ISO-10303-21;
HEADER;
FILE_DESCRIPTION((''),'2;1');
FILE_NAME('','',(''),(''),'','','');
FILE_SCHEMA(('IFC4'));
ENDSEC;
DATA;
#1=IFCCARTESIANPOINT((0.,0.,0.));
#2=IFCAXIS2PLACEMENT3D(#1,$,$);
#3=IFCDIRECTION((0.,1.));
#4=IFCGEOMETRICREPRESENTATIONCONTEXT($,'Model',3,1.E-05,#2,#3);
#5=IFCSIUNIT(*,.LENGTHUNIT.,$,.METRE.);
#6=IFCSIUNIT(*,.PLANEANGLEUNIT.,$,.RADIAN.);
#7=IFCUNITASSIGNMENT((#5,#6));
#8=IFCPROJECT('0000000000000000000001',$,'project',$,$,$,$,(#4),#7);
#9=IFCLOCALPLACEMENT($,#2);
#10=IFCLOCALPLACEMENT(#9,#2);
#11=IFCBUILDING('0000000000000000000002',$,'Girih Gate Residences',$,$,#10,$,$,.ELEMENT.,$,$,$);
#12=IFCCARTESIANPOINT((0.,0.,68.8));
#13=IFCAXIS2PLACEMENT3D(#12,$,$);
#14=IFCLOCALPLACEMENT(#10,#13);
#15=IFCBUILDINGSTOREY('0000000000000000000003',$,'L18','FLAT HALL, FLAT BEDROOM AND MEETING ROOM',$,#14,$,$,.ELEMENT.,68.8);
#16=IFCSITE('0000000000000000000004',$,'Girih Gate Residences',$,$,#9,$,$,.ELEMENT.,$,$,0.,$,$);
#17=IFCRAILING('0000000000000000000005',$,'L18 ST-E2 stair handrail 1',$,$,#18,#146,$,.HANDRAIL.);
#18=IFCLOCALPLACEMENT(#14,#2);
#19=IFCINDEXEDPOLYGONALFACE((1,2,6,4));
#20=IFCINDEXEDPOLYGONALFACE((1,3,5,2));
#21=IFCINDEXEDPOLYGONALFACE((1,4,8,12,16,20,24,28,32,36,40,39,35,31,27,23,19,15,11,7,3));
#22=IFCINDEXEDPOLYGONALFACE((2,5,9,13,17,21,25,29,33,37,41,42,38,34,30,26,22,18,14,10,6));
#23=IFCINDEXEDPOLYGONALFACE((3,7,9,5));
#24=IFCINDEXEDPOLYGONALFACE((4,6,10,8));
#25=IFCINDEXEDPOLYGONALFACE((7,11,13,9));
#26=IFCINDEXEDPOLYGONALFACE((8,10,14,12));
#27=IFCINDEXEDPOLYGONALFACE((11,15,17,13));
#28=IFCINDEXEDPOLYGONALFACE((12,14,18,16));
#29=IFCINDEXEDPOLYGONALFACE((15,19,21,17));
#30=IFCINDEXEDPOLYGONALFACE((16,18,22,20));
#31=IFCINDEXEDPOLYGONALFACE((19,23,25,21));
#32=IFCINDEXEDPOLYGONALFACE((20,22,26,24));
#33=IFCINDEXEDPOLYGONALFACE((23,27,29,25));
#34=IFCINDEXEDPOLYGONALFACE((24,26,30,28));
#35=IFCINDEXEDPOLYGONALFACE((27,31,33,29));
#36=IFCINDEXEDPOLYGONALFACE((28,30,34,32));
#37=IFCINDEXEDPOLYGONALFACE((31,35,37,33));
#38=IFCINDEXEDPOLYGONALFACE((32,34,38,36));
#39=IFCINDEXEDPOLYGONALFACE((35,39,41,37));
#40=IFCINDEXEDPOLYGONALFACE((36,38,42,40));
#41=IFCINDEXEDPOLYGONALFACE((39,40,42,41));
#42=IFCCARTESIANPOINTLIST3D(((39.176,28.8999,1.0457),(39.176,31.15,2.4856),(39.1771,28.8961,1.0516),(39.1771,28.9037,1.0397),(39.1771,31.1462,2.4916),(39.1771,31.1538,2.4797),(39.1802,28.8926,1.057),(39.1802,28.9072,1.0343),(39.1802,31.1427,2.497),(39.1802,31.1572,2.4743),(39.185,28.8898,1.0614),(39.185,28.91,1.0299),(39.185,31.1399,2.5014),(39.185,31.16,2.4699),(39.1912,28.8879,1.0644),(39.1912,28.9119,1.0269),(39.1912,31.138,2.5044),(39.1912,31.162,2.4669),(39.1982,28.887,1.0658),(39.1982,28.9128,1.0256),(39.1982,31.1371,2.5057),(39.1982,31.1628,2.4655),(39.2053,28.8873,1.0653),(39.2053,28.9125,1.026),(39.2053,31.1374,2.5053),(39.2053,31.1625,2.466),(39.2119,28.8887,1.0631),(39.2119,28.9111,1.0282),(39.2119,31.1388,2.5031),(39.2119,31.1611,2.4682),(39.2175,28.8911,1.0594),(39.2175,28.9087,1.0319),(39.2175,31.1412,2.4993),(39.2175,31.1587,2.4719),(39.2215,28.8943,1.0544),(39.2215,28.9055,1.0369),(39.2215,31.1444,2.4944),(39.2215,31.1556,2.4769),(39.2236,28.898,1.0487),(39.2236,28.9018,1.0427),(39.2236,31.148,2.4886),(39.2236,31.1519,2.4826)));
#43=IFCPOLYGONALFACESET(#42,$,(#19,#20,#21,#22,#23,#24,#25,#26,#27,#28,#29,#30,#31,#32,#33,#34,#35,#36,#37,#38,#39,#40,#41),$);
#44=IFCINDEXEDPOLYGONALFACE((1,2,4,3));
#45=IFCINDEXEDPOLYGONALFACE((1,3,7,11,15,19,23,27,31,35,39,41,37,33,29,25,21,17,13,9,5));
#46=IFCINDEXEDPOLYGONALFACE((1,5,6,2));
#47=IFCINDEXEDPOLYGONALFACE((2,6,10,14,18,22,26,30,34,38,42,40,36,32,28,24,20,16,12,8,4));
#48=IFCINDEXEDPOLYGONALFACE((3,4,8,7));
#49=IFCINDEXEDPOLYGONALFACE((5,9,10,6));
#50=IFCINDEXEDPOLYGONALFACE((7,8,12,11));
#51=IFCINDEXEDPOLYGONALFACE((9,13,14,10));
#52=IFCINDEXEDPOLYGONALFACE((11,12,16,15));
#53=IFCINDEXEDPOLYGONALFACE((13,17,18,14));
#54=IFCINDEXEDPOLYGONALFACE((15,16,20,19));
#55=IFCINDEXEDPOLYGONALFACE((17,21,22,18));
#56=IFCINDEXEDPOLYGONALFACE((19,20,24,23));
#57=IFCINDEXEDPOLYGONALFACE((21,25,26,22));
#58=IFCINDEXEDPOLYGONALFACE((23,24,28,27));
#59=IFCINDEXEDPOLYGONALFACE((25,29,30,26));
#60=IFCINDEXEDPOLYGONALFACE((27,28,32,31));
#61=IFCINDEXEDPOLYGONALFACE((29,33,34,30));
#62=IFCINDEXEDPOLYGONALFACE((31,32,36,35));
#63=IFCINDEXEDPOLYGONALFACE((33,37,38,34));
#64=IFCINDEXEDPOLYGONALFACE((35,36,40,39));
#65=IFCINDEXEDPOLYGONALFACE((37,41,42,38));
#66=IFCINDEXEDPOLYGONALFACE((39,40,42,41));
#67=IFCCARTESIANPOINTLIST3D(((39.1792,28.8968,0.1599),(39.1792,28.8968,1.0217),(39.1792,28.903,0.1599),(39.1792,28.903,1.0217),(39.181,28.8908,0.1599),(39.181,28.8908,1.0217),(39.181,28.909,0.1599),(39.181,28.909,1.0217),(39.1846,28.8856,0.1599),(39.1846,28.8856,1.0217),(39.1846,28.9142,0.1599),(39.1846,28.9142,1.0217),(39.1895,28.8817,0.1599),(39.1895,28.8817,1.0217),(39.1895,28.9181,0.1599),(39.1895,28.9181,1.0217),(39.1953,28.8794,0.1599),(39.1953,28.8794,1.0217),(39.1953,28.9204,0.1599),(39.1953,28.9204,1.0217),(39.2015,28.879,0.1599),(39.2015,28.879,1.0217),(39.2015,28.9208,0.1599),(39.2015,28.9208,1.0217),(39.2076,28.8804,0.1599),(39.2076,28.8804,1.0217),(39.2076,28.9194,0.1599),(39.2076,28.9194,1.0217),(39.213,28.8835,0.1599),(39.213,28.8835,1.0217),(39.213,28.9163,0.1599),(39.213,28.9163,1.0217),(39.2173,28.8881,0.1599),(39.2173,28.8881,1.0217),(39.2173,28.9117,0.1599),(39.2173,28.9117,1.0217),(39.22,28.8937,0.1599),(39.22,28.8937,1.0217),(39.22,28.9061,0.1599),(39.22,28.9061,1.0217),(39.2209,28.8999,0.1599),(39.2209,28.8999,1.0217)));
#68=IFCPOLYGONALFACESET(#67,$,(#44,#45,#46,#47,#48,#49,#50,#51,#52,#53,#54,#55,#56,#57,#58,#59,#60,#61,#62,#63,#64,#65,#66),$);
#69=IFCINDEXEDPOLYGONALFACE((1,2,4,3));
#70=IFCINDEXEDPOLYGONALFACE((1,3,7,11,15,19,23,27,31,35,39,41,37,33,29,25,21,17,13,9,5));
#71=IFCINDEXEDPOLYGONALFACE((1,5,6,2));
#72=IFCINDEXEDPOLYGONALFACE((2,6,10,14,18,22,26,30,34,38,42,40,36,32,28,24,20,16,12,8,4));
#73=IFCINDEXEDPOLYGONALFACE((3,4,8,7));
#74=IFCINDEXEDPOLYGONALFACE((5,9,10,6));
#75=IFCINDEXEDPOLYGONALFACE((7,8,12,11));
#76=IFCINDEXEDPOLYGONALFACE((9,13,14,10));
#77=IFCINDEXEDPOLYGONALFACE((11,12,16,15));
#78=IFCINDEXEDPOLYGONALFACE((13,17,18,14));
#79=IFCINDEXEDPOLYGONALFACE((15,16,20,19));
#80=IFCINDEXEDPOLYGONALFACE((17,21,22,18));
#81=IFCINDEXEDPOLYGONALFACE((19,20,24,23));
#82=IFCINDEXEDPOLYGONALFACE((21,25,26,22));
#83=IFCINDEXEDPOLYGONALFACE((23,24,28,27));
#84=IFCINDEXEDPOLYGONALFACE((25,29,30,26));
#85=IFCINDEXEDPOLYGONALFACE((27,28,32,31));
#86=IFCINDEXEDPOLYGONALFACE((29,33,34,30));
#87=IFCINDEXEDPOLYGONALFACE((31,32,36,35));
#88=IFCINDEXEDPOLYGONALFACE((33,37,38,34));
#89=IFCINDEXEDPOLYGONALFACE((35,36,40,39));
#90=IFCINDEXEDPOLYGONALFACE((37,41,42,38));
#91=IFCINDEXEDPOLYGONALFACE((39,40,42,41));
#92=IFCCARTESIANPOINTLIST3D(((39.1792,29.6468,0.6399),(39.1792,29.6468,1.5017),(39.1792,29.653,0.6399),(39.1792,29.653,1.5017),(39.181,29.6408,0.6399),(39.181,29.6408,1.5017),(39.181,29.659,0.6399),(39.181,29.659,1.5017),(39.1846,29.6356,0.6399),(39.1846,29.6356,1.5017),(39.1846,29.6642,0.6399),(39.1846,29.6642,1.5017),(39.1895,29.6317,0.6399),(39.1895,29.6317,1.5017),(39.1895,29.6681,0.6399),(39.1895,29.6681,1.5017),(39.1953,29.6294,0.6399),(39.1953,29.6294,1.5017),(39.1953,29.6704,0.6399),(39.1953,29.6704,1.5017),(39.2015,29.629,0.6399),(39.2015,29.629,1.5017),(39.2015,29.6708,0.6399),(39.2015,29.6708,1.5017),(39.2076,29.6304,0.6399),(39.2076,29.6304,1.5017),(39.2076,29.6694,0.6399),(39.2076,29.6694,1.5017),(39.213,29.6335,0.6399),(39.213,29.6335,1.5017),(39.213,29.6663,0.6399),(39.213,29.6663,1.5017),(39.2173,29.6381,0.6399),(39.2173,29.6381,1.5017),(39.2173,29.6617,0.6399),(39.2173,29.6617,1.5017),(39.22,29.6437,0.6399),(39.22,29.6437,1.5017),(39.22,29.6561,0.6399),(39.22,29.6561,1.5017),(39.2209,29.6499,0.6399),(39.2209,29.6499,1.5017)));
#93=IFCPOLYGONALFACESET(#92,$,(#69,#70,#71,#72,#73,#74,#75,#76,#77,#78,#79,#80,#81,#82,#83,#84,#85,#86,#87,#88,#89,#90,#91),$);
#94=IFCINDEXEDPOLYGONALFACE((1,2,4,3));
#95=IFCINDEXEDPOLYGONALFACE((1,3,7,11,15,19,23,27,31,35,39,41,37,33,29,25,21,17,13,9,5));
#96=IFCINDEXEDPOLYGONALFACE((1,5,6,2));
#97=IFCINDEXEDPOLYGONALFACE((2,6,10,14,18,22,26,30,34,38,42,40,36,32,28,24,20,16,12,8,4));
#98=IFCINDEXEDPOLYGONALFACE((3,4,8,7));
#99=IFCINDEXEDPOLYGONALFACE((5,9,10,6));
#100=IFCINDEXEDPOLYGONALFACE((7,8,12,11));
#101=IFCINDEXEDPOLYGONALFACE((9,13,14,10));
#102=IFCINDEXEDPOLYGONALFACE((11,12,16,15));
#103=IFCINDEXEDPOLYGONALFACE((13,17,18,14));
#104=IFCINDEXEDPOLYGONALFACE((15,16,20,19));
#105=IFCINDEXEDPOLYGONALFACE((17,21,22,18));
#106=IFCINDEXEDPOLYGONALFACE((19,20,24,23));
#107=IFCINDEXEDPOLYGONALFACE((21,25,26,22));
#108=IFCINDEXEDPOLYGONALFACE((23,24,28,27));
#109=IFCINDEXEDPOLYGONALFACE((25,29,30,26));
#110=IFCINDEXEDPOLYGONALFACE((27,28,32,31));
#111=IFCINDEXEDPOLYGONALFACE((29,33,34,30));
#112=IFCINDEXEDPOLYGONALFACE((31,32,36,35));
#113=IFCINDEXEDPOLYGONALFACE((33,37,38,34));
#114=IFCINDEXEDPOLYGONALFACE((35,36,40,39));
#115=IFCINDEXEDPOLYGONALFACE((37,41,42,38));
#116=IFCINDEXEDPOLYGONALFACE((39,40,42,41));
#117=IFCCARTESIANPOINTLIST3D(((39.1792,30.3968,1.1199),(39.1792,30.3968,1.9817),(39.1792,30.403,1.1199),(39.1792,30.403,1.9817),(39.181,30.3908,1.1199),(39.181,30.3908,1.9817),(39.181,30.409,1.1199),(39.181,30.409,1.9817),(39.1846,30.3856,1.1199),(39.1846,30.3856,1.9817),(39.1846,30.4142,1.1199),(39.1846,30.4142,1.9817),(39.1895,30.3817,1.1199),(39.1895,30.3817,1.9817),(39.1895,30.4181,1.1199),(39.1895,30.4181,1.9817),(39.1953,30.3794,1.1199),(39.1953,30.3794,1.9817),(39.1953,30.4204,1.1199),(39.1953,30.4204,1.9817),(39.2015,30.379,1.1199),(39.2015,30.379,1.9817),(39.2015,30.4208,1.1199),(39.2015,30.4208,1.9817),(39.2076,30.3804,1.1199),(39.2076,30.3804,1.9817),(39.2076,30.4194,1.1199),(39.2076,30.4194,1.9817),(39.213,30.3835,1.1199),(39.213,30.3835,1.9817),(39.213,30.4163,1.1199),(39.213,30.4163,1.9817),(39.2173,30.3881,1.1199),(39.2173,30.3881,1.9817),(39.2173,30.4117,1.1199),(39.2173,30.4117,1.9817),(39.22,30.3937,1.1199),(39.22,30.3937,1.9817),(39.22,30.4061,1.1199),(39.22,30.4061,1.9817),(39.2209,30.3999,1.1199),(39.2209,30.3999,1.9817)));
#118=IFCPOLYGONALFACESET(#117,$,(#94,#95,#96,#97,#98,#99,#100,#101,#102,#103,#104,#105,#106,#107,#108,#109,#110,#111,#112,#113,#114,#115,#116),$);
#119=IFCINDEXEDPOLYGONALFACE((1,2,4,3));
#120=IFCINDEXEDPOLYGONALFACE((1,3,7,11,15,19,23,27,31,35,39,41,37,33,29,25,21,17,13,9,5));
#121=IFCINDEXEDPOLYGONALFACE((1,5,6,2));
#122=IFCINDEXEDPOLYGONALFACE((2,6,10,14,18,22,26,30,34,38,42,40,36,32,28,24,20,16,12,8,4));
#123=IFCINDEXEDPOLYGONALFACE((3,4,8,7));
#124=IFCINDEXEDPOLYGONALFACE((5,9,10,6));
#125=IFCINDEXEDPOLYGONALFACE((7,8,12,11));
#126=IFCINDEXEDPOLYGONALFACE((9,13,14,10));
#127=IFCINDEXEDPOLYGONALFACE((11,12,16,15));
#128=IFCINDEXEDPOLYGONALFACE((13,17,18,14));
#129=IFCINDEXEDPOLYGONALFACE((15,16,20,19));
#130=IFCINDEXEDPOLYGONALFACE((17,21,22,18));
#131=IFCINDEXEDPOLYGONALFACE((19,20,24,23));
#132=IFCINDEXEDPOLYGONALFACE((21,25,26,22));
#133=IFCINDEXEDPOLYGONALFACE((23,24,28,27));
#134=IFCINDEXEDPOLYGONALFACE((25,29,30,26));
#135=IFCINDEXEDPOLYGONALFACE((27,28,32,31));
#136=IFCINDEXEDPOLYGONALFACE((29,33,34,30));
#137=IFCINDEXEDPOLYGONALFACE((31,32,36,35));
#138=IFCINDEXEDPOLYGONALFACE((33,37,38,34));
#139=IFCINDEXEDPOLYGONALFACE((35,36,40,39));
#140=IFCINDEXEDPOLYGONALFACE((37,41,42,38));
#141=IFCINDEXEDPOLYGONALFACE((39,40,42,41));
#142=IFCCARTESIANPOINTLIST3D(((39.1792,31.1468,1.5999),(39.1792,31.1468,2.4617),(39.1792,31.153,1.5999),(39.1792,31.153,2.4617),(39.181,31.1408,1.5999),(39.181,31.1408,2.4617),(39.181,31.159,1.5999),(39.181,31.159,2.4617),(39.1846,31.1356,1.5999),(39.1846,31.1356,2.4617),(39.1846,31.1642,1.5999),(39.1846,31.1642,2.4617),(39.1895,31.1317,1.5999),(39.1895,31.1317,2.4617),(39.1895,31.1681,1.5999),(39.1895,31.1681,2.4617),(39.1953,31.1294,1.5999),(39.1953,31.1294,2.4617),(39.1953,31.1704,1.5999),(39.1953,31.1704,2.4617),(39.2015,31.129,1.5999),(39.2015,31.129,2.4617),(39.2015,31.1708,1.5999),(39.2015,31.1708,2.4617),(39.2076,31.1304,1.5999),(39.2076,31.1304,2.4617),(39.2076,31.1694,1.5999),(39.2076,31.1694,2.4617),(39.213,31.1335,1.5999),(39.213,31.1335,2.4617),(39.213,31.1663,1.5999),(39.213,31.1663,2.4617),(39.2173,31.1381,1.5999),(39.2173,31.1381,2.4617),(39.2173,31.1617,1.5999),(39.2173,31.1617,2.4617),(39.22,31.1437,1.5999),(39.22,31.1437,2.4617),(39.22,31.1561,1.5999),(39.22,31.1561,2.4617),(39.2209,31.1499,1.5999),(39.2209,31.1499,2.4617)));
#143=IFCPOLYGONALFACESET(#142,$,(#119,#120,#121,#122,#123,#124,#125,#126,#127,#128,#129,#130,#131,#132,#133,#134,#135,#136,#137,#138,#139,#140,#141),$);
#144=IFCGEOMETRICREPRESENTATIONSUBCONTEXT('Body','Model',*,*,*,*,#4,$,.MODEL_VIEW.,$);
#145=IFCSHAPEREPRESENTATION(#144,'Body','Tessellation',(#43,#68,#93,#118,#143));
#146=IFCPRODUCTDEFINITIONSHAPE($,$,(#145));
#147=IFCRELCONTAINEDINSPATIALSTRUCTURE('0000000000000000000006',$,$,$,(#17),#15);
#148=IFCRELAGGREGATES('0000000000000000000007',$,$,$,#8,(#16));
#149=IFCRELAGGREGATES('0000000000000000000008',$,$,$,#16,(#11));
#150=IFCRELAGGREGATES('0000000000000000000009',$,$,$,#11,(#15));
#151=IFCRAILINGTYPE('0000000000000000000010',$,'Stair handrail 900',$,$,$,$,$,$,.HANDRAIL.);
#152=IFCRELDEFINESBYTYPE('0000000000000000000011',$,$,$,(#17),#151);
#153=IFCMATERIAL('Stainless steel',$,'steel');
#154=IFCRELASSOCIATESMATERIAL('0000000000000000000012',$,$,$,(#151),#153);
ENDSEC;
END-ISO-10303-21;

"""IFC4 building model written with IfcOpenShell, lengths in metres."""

from ifc_helpers import new_model, si_unit, direction, frame, origin, origin_2d, place, context, subcontext, project, spatial, circle, extrude, material, type_object, element, save


model = new_model("IFC4")

# Units and contexts
model_context = context("Model", 3, precision=1e-05, world=origin(), true_north=direction((0.0, 1.0)))
body_context = subcontext(model_context, "Body", "Model", "MODEL_VIEW")
ifc_project = project(units=[si_unit("LENGTHUNIT", "METRE"), si_unit("PLANEANGLEUNIT", "RADIAN")], contexts=[model_context])

# Site, building, storey
site_placement = place(None, origin())
site = spatial("IfcSite", under=ifc_project, at=site_placement, Name="Girih Gate Residences", CompositionType="ELEMENT", RefElevation=0.0)
building_placement = place(site_placement, origin())
building = spatial("IfcBuilding", under=site, at=building_placement, Name="Girih Gate Residences", CompositionType="ELEMENT")
storey_placement = place(building_placement, frame((0.0, 0.0, 68.8)))
storey = spatial("IfcBuildingStorey", under=building, at=storey_placement, Name="L18", Description="FLAT HALL, FLAT BEDROOM AND MEETING ROOM", CompositionType="ELEMENT", Elevation=68.8)

# Railing
ifc_material_1 = material(Name="Stainless steel", Category="steel")
railing_type_1 = type_object("IfcRailingType", Name="Stair handrail 900", PredefinedType="HANDRAIL", material=ifc_material_1)
railing_1_placement = place(storey_placement, frame((39.2, 28.8999, 0.1599)))
element("IfcRailing", 1, at=railing_1_placement, inside=storey, type_object=railing_type_1, Name="L18 ST-E2 stair handrail 1", PredefinedType="HANDRAIL", context=body_context, shape_type="SweptSolid", body=[
    extrude(circle(Radius=0.0239, at=origin_2d()), frame((0.0, 0.0, 0.8857), z_axis=(0.0, 0.842281, 0.539038), x_axis=(-1.0, 0.0, 0.0)), (0.0, 0.0, 1.0), 2.6714),
    extrude(circle(Radius=0.021, at=origin_2d()), origin(), (0.0, 0.0, 1.0), 0.8618),
    extrude(circle(Radius=0.021, at=origin_2d()), frame((0.0, 0.75, 0.48)), (0.0, 0.0, 1.0), 0.8618),
    extrude(circle(Radius=0.021, at=origin_2d()), frame((0.0, 1.5, 0.96)), (0.0, 0.0, 1.0), 0.8618),
    extrude(circle(Radius=0.021, at=origin_2d()), frame((0.0, 2.25, 1.4399)), (0.0, 0.0, 1.0), 0.8618),
])

save(model, "model.ifc")
